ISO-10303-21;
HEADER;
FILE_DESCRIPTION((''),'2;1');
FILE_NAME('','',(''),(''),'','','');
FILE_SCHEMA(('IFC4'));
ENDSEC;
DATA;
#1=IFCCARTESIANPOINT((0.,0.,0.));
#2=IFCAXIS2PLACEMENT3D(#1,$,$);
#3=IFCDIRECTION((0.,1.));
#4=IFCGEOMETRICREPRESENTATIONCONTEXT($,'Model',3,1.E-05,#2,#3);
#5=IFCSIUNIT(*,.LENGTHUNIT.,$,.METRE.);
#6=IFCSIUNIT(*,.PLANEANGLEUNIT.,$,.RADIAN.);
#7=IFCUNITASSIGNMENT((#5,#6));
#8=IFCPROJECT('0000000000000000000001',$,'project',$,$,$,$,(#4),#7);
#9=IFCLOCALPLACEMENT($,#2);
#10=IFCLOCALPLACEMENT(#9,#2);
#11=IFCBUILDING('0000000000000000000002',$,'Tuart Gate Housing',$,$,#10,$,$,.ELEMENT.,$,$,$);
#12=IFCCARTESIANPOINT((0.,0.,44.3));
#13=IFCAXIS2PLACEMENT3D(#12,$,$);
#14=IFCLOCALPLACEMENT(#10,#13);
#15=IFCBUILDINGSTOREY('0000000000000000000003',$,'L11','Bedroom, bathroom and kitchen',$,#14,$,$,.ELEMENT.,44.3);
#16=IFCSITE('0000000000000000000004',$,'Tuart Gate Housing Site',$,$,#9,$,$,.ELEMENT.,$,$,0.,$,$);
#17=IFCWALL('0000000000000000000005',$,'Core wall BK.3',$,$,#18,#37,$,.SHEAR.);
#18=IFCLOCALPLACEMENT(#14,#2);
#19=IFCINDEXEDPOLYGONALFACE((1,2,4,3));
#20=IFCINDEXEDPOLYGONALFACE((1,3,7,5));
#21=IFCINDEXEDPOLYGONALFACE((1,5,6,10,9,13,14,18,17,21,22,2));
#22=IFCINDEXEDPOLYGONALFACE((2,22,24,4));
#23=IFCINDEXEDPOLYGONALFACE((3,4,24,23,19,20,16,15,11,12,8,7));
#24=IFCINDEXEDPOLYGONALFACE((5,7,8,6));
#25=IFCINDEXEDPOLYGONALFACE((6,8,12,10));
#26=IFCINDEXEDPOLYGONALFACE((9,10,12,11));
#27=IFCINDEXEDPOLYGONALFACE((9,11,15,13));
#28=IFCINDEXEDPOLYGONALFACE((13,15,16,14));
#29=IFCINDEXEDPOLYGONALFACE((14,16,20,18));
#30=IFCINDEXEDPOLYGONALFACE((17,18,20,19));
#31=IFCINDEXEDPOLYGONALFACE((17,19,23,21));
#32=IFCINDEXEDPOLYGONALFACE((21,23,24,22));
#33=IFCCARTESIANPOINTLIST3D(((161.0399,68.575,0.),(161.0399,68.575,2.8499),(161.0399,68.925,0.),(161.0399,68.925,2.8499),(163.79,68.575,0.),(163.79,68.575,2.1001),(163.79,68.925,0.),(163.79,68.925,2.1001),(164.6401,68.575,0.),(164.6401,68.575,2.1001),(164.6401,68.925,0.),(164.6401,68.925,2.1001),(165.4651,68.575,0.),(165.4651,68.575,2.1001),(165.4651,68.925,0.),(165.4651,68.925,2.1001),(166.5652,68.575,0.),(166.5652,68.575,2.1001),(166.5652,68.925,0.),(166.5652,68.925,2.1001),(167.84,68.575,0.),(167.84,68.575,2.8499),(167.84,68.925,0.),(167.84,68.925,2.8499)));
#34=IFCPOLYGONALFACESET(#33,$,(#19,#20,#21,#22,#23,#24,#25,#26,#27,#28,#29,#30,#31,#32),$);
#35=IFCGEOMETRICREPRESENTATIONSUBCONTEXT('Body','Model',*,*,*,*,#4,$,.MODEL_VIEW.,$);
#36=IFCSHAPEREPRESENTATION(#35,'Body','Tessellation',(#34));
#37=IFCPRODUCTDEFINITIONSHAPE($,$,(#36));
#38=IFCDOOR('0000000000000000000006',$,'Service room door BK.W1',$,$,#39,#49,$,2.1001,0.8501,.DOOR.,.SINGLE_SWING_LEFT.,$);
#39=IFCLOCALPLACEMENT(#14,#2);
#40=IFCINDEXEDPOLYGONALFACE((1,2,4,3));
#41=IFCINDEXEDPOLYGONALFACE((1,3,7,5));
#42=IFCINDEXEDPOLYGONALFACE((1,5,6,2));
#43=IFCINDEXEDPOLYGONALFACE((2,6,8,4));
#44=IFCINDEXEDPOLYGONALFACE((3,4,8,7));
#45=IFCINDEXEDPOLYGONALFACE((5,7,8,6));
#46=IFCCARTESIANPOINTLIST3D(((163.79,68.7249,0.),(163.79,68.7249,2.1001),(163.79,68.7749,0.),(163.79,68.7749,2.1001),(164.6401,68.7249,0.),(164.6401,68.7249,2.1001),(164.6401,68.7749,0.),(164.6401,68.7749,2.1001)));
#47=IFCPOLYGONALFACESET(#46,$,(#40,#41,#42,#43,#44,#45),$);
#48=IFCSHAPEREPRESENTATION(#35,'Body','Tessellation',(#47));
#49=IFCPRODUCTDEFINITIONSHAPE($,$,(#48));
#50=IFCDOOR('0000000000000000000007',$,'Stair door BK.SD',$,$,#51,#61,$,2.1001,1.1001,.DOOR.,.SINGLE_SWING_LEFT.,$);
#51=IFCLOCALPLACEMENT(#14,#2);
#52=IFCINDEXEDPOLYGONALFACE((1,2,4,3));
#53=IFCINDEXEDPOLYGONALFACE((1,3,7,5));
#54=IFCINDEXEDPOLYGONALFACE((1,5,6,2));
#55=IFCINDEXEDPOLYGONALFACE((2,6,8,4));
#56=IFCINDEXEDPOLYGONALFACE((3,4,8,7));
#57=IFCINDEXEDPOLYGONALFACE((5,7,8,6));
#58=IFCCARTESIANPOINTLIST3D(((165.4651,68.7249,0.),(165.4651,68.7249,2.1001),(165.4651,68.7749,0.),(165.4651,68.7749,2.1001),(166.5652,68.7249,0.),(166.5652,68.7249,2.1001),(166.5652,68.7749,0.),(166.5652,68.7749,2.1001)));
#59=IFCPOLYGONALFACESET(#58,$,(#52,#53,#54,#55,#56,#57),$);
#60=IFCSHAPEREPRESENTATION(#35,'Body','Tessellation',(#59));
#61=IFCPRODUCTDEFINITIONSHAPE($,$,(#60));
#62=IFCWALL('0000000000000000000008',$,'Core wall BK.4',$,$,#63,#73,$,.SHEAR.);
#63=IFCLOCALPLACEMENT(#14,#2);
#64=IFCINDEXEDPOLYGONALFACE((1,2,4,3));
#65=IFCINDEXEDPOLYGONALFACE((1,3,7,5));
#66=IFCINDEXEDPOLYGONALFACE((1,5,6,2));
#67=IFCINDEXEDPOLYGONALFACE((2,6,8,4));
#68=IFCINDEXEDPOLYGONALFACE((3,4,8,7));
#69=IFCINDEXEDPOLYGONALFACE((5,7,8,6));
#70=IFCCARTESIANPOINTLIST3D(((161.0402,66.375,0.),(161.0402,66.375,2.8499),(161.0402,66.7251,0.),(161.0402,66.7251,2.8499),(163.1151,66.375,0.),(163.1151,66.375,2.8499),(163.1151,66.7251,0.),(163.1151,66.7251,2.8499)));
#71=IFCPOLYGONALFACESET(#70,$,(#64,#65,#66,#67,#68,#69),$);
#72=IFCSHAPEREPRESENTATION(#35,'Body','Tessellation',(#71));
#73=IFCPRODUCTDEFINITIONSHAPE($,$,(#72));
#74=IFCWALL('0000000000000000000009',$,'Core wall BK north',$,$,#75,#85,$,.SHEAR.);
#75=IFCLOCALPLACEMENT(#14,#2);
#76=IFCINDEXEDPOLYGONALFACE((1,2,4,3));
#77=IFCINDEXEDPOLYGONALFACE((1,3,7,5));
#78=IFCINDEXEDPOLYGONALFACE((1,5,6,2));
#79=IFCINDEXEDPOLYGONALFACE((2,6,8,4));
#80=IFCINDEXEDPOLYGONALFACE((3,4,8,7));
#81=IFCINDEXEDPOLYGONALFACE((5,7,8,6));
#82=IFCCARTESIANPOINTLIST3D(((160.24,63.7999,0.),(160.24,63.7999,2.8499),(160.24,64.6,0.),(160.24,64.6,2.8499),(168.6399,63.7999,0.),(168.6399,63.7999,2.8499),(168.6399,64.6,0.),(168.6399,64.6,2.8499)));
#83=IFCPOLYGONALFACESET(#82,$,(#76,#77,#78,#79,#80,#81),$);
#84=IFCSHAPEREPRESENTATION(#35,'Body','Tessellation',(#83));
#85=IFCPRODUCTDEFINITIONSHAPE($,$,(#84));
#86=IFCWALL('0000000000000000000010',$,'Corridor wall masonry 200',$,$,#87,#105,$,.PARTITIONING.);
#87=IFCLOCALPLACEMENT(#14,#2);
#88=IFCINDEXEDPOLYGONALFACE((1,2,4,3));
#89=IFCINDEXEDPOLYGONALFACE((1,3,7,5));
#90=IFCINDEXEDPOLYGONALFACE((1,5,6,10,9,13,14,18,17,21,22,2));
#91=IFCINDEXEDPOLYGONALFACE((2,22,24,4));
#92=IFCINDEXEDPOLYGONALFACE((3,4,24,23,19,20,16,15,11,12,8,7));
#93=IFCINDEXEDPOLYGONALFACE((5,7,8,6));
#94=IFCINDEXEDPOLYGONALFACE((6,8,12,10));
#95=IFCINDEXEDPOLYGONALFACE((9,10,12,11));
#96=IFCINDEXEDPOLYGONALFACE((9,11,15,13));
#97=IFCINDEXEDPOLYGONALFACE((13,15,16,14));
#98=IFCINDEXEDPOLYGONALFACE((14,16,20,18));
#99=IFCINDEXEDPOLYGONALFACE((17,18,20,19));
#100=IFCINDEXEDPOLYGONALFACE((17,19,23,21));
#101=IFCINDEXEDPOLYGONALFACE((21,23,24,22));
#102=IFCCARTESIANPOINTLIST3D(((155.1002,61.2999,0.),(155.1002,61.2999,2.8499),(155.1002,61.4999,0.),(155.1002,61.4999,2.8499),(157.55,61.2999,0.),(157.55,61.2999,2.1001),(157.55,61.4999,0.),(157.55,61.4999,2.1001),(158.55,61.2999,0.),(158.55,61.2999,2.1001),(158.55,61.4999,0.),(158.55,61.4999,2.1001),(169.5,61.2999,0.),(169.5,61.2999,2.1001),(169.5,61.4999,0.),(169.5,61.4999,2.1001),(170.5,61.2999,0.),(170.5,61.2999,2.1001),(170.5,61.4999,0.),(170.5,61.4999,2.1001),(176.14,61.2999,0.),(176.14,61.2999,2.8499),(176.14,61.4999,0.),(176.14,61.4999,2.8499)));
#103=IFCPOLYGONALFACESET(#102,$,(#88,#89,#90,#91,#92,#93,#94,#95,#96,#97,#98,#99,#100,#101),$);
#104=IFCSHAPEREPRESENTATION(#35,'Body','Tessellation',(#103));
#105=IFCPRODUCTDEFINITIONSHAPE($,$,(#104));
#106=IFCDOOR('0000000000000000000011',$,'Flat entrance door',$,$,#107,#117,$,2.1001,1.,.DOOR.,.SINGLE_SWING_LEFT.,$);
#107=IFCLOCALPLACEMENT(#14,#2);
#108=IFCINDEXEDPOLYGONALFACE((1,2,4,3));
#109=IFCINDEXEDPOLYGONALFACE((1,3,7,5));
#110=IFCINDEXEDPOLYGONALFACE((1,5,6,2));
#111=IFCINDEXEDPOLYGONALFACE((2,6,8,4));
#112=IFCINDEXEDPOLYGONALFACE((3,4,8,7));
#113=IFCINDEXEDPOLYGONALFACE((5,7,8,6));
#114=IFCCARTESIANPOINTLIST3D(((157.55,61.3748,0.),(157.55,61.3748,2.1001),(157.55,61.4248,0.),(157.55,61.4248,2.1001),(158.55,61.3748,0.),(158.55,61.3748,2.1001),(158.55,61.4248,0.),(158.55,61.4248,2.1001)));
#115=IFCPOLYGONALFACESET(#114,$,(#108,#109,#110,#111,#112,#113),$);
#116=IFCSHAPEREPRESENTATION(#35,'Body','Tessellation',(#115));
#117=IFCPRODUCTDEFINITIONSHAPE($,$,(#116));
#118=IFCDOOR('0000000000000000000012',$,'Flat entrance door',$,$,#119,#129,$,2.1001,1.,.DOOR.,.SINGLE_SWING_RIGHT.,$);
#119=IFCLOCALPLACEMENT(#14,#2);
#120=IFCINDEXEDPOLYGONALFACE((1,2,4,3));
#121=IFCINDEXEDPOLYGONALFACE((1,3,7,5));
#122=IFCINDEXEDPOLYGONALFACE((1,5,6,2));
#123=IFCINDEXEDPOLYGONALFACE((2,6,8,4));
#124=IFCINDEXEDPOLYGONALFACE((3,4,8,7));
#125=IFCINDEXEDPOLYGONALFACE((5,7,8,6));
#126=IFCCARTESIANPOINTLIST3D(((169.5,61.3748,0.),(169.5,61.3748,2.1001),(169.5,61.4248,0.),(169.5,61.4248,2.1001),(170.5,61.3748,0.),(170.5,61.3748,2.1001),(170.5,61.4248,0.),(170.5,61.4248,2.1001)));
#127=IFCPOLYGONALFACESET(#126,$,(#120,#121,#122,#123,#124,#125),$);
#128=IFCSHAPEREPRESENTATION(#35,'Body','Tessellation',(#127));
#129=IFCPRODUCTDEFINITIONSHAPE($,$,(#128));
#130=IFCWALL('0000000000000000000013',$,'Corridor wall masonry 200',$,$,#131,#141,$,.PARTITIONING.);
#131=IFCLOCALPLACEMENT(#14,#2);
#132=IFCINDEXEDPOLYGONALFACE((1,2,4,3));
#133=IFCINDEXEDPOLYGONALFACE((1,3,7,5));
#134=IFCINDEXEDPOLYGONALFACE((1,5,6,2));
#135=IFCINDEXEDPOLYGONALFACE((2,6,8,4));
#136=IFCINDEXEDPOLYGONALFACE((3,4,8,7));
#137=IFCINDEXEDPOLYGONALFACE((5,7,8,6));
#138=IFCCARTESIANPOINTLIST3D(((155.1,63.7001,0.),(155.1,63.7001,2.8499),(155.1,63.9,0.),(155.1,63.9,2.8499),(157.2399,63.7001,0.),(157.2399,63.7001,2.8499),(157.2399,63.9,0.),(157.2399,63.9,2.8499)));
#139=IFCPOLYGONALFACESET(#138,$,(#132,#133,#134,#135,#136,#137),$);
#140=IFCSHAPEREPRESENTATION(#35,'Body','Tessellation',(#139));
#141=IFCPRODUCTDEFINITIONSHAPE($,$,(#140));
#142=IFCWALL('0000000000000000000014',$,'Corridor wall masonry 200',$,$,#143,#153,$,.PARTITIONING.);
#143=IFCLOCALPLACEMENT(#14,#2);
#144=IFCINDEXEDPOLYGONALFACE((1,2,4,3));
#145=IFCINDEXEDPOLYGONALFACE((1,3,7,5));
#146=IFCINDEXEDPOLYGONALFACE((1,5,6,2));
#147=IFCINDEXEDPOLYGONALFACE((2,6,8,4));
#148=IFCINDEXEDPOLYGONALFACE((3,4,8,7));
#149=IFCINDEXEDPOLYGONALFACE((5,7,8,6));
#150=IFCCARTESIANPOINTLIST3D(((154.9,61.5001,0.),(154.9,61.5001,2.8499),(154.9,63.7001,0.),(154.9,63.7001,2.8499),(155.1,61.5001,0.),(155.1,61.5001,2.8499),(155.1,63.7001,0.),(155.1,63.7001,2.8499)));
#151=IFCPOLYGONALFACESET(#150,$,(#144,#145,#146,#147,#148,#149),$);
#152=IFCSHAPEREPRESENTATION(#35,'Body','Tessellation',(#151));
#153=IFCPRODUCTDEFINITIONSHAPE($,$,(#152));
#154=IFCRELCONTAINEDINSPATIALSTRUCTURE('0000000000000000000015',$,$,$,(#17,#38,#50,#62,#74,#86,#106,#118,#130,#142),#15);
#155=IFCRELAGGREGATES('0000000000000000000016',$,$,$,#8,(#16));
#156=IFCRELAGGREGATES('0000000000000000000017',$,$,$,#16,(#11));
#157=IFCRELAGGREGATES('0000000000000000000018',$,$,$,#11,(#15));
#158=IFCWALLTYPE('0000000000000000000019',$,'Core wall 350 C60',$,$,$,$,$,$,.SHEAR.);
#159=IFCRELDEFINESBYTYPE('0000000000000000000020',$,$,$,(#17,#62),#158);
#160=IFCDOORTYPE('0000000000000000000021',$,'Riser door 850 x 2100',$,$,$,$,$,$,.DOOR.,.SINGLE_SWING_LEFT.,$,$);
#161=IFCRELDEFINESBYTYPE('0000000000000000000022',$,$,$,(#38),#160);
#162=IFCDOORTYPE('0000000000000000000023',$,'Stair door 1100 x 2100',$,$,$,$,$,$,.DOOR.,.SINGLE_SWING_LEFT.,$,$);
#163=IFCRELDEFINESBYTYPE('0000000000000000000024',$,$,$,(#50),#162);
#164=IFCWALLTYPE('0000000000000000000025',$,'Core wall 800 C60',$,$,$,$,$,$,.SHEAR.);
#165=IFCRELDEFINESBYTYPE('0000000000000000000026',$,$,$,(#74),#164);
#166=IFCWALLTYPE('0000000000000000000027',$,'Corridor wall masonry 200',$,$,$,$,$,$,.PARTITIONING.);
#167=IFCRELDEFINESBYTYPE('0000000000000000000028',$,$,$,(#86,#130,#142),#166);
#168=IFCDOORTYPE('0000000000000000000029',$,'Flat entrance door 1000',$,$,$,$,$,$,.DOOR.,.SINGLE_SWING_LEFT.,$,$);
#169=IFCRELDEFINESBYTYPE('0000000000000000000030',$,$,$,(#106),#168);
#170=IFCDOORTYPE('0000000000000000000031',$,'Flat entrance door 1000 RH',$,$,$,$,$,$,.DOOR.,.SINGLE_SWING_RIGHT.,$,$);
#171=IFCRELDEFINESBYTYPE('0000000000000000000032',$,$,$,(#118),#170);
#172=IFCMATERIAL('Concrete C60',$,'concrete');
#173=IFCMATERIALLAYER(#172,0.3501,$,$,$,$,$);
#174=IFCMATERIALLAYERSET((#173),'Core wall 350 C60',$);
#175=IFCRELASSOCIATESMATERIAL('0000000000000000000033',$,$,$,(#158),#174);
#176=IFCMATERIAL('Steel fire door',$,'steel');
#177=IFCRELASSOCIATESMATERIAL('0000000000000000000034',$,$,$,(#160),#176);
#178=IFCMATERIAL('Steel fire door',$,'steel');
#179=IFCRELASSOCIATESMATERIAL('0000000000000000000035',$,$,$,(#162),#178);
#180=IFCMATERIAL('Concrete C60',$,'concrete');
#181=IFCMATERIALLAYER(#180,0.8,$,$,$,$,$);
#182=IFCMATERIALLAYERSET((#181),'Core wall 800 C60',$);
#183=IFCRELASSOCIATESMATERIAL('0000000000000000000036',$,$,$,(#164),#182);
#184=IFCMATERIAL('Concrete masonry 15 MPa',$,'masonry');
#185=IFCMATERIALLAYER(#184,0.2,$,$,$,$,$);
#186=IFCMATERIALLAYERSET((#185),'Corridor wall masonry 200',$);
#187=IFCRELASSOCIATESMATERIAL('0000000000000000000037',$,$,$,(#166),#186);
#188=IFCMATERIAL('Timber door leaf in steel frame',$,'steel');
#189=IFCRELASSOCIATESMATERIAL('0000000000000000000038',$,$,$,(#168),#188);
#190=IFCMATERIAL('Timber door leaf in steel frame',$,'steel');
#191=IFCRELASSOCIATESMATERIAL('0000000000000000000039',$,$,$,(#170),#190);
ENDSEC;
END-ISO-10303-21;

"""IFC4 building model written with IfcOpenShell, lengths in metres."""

from ifc_helpers import new_model, si_unit, direction, frame, frame_2d, origin, place, context, subcontext, project, spatial, rectangle, extrude, material, layer, layer_set, type_object, element, fill, save


model = new_model("IFC4")

# Units and contexts
model_context = context("Model", 3, precision=1e-05, world=origin(), true_north=direction((0.0, 1.0)))
body_context = subcontext(model_context, "Body", "Model", "MODEL_VIEW")
ifc_project = project(units=[si_unit("LENGTHUNIT", "METRE"), si_unit("PLANEANGLEUNIT", "RADIAN")], contexts=[model_context])

# Site, building, storey
site_placement = place(None, origin())
site = spatial("IfcSite", under=ifc_project, at=site_placement, Name="Tuart Gate Housing Site", CompositionType="ELEMENT", RefElevation=0.0)
building_placement = place(site_placement, origin())
building = spatial("IfcBuilding", under=site, at=building_placement, Name="Tuart Gate Housing", CompositionType="ELEMENT")
storey_placement = place(building_placement, frame((0.0, 0.0, 44.3)))
storey = spatial("IfcBuildingStorey", under=building, at=storey_placement, Name="L11", Description="Bedroom, bathroom and kitchen", CompositionType="ELEMENT", Elevation=44.3)

# Wall, openings, doors
ifc_material_1 = material(Name="Concrete C60", Category="concrete")
ifc_layer_1 = layer(ifc_material_1, 0.3501)
ifc_layer_set_1 = layer_set([ifc_layer_1], Name="Core wall 350 C60")
wall_type_1 = type_object("IfcWallType", Name="Core wall 350 C60", PredefinedType="SHEAR", material=ifc_layer_set_1)
wall_1_placement = place(storey_placement, frame((161.04, 68.75, 0.0), z_axis=(0.0, 0.0, 1.0), x_axis=(1.0, 0.0, 0.0)))
wall_1 = element("IfcWall", 1, at=wall_1_placement, inside=storey, type_object=wall_type_1, Name="Core wall BK.3", PredefinedType="SHEAR", context=body_context, shape_type="SweptSolid", body=[
    extrude(rectangle(XDim=6.8, YDim=0.3501, at=frame_2d((3.3999, 0.0))), origin(), (0.0, 0.0, 1.0), 2.8499),
])
opening_1_placement = place(wall_1_placement, frame((4.425, 0.0, 0.0)))
opening_1 = element("IfcOpeningElement", 2, at=opening_1_placement, cuts=wall_1, PredefinedType="OPENING", context=body_context, shape_type="SweptSolid", body=[
    extrude(rectangle(XDim=1.1001, YDim=2.1001, at=frame_2d((0.55, 1.05))), frame((0.0, 0.1851, 0.0), z_axis=(0.0, -1.0, 0.0), x_axis=(1.0, 0.0, 0.0)), (0.0, 0.0, 1.0), 0.3701),
])
opening_2_placement = place(wall_1_placement, frame((2.75, 0.0, 0.0)))
opening_2 = element("IfcOpeningElement", 3, at=opening_2_placement, cuts=wall_1, PredefinedType="OPENING", context=body_context, shape_type="SweptSolid", body=[
    extrude(rectangle(XDim=0.8501, YDim=2.1001, at=frame_2d((0.425, 1.05))), frame((0.0, 0.1851, 0.0), z_axis=(0.0, -1.0, 0.0), x_axis=(1.0, 0.0, 0.0)), (0.0, 0.0, 1.0), 0.3701),
])
ifc_material_2 = material(Name="Steel fire door", Category="steel")
door_type_1 = type_object("IfcDoorType", Name="Riser door 850 x 2100", OperationType="SINGLE_SWING_LEFT", PredefinedType="DOOR", material=ifc_material_2)
door_1_placement = place(opening_2_placement, origin())
door_1 = element("IfcDoor", 4, at=door_1_placement, inside=storey, type_object=door_type_1, Name="Service room door BK.W1", OperationType="SINGLE_SWING_LEFT", OverallHeight=2.1001, OverallWidth=0.8501, PredefinedType="DOOR", context=body_context, shape_type="SweptSolid", body=[
    extrude(rectangle(XDim=0.8501, YDim=2.1001, at=frame_2d((0.425, 1.05))), frame((0.0, 0.0249, 0.0), z_axis=(0.0, -1.0, 0.0), x_axis=(1.0, 0.0, 0.0)), (0.0, 0.0, 1.0), 0.05),
])
fill(opening_2, door_1)
ifc_material_3 = material(Name="Steel fire door", Category="steel")
door_type_2 = type_object("IfcDoorType", Name="Stair door 1100 x 2100", OperationType="SINGLE_SWING_LEFT", PredefinedType="DOOR", material=ifc_material_3)
door_2_placement = place(opening_1_placement, origin())
door_2 = element("IfcDoor", 5, at=door_2_placement, inside=storey, type_object=door_type_2, Name="Stair door BK.SD", OperationType="SINGLE_SWING_LEFT", OverallHeight=2.1001, OverallWidth=1.1001, PredefinedType="DOOR", context=body_context, shape_type="SweptSolid", body=[
    extrude(rectangle(XDim=1.1001, YDim=2.1001, at=frame_2d((0.55, 1.05))), frame((0.0, 0.0249, 0.0), z_axis=(0.0, -1.0, 0.0), x_axis=(1.0, 0.0, 0.0)), (0.0, 0.0, 1.0), 0.05),
])
fill(opening_1, door_2)

# Walls
wall_2_placement = place(storey_placement, frame((161.04, 66.55, 0.0), z_axis=(0.0, 0.0, 1.0), x_axis=(1.0, 0.0, 0.0)))
element("IfcWall", 6, at=wall_2_placement, inside=storey, type_object=wall_type_1, Name="Core wall BK.4", PredefinedType="SHEAR", context=body_context, shape_type="SweptSolid", body=[
    extrude(rectangle(XDim=2.075, YDim=0.3501, at=frame_2d((1.0376, 0.0))), origin(), (0.0, 0.0, 1.0), 2.8499),
])
ifc_material_4 = material(Name="Concrete C60", Category="concrete")
ifc_layer_2 = layer(ifc_material_4, 0.8)
ifc_layer_set_2 = layer_set([ifc_layer_2], Name="Core wall 800 C60")
wall_type_2 = type_object("IfcWallType", Name="Core wall 800 C60", PredefinedType="SHEAR", material=ifc_layer_set_2)
wall_3_placement = place(storey_placement, frame((160.24, 64.2, 0.0), z_axis=(0.0, 0.0, 1.0), x_axis=(1.0, 0.0, 0.0)))
element("IfcWall", 7, at=wall_3_placement, inside=storey, type_object=wall_type_2, Name="Core wall BK north", PredefinedType="SHEAR", context=body_context, shape_type="SweptSolid", body=[
    extrude(rectangle(XDim=8.3999, YDim=0.8, at=frame_2d((4.2, 0.0))), origin(), (0.0, 0.0, 1.0), 2.8499),
])

# Wall, openings, doors
ifc_material_5 = material(Name="Concrete masonry 15 MPa", Category="masonry")
ifc_layer_3 = layer(ifc_material_5, 0.2)
ifc_layer_set_3 = layer_set([ifc_layer_3], Name="Corridor wall masonry 200")
wall_type_3 = type_object("IfcWallType", Name="Corridor wall masonry 200", PredefinedType="PARTITIONING", material=ifc_layer_set_3)
wall_4_placement = place(storey_placement, frame((155.1001, 61.3999, 0.0), z_axis=(0.0, 0.0, 1.0), x_axis=(1.0, 0.0, 0.0)))
wall_4 = element("IfcWall", 8, at=wall_4_placement, inside=storey, type_object=wall_type_3, Name="Corridor wall masonry 200", PredefinedType="PARTITIONING", context=body_context, shape_type="SweptSolid", body=[
    extrude(rectangle(XDim=21.0398, YDim=0.2, at=frame_2d((10.52, 0.0))), origin(), (0.0, 0.0, 1.0), 2.8499),
])
opening_3_placement = place(wall_4_placement, frame((2.45, 0.0, 0.0)))
opening_3 = element("IfcOpeningElement", 9, at=opening_3_placement, cuts=wall_4, PredefinedType="OPENING", context=body_context, shape_type="SweptSolid", body=[
    extrude(rectangle(XDim=1.0, YDim=2.1001, at=frame_2d((0.5, 1.05))), frame((0.0, 0.1099, 0.0), z_axis=(0.0, -1.0, 0.0), x_axis=(1.0, 0.0, 0.0)), (0.0, 0.0, 1.0), 0.22),
])
opening_4_placement = place(wall_4_placement, frame((14.3999, 0.0, 0.0)))
opening_4 = element("IfcOpeningElement", 10, at=opening_4_placement, cuts=wall_4, PredefinedType="OPENING", context=body_context, shape_type="SweptSolid", body=[
    extrude(rectangle(XDim=1.0, YDim=2.1001, at=frame_2d((0.5, 1.05))), frame((0.0, 0.1099, 0.0), z_axis=(0.0, -1.0, 0.0), x_axis=(1.0, 0.0, 0.0)), (0.0, 0.0, 1.0), 0.22),
])
ifc_material_6 = material(Name="Timber door leaf in steel frame", Category="steel")
door_type_3 = type_object("IfcDoorType", Name="Flat entrance door 1000", OperationType="SINGLE_SWING_LEFT", PredefinedType="DOOR", material=ifc_material_6)
door_3_placement = place(opening_3_placement, frame((1.0, 0.0, 0.0), z_axis=(0.0, 0.0, 1.0), x_axis=(-1.0, 0.0, 0.0)))
door_3 = element("IfcDoor", 11, at=door_3_placement, inside=storey, type_object=door_type_3, Name="Flat entrance door", OperationType="SINGLE_SWING_LEFT", OverallHeight=2.1001, OverallWidth=1.0, PredefinedType="DOOR", context=body_context, shape_type="SweptSolid", body=[
    extrude(rectangle(XDim=1.0, YDim=2.1001, at=frame_2d((0.5, 1.05))), frame((0.0, 0.0251, 0.0), z_axis=(0.0, -1.0, 0.0), x_axis=(1.0, 0.0, 0.0)), (0.0, 0.0, 1.0), 0.05),
])
fill(opening_3, door_3)
ifc_material_7 = material(Name="Timber door leaf in steel frame", Category="steel")
door_type_4 = type_object("IfcDoorType", Name="Flat entrance door 1000 RH", OperationType="SINGLE_SWING_RIGHT", PredefinedType="DOOR", material=ifc_material_7)
door_4_placement = place(opening_4_placement, frame((1.0, 0.0, 0.0), z_axis=(0.0, 0.0, 1.0), x_axis=(-1.0, 0.0, 0.0)))
door_4 = element("IfcDoor", 12, at=door_4_placement, inside=storey, type_object=door_type_4, Name="Flat entrance door", OperationType="SINGLE_SWING_RIGHT", OverallHeight=2.1001, OverallWidth=1.0, PredefinedType="DOOR", context=body_context, shape_type="SweptSolid", body=[
    extrude(rectangle(XDim=1.0, YDim=2.1001, at=frame_2d((0.5, 1.05))), frame((0.0, 0.0251, 0.0), z_axis=(0.0, -1.0, 0.0), x_axis=(1.0, 0.0, 0.0)), (0.0, 0.0, 1.0), 0.05),
])
fill(opening_4, door_4)

# Walls
wall_5_placement = place(storey_placement, frame((155.1001, 63.8, 0.0), z_axis=(0.0, 0.0, 1.0), x_axis=(1.0, 0.0, 0.0)))
element("IfcWall", 13, at=wall_5_placement, inside=storey, type_object=wall_type_3, Name="Corridor wall masonry 200", PredefinedType="PARTITIONING", context=body_context, shape_type="SweptSolid", body=[
    extrude(rectangle(XDim=2.1399, YDim=0.2, at=frame_2d((1.0698, 0.0))), origin(), (0.0, 0.0, 1.0), 2.8499),
])
wall_6_placement = place(storey_placement, frame((155.0, 61.5, 0.0), z_axis=(0.0, 0.0, 1.0), x_axis=(0.0, 1.0, 0.0)))
element("IfcWall", 14, at=wall_6_placement, inside=storey, type_object=wall_type_3, Name="Corridor wall masonry 200", PredefinedType="PARTITIONING", context=body_context, shape_type="SweptSolid", body=[
    extrude(rectangle(XDim=2.2, YDim=0.2, at=frame_2d((1.1001, 0.0))), origin(), (0.0, 0.0, 1.0), 2.8499),
])

save(model, "model.ifc")
